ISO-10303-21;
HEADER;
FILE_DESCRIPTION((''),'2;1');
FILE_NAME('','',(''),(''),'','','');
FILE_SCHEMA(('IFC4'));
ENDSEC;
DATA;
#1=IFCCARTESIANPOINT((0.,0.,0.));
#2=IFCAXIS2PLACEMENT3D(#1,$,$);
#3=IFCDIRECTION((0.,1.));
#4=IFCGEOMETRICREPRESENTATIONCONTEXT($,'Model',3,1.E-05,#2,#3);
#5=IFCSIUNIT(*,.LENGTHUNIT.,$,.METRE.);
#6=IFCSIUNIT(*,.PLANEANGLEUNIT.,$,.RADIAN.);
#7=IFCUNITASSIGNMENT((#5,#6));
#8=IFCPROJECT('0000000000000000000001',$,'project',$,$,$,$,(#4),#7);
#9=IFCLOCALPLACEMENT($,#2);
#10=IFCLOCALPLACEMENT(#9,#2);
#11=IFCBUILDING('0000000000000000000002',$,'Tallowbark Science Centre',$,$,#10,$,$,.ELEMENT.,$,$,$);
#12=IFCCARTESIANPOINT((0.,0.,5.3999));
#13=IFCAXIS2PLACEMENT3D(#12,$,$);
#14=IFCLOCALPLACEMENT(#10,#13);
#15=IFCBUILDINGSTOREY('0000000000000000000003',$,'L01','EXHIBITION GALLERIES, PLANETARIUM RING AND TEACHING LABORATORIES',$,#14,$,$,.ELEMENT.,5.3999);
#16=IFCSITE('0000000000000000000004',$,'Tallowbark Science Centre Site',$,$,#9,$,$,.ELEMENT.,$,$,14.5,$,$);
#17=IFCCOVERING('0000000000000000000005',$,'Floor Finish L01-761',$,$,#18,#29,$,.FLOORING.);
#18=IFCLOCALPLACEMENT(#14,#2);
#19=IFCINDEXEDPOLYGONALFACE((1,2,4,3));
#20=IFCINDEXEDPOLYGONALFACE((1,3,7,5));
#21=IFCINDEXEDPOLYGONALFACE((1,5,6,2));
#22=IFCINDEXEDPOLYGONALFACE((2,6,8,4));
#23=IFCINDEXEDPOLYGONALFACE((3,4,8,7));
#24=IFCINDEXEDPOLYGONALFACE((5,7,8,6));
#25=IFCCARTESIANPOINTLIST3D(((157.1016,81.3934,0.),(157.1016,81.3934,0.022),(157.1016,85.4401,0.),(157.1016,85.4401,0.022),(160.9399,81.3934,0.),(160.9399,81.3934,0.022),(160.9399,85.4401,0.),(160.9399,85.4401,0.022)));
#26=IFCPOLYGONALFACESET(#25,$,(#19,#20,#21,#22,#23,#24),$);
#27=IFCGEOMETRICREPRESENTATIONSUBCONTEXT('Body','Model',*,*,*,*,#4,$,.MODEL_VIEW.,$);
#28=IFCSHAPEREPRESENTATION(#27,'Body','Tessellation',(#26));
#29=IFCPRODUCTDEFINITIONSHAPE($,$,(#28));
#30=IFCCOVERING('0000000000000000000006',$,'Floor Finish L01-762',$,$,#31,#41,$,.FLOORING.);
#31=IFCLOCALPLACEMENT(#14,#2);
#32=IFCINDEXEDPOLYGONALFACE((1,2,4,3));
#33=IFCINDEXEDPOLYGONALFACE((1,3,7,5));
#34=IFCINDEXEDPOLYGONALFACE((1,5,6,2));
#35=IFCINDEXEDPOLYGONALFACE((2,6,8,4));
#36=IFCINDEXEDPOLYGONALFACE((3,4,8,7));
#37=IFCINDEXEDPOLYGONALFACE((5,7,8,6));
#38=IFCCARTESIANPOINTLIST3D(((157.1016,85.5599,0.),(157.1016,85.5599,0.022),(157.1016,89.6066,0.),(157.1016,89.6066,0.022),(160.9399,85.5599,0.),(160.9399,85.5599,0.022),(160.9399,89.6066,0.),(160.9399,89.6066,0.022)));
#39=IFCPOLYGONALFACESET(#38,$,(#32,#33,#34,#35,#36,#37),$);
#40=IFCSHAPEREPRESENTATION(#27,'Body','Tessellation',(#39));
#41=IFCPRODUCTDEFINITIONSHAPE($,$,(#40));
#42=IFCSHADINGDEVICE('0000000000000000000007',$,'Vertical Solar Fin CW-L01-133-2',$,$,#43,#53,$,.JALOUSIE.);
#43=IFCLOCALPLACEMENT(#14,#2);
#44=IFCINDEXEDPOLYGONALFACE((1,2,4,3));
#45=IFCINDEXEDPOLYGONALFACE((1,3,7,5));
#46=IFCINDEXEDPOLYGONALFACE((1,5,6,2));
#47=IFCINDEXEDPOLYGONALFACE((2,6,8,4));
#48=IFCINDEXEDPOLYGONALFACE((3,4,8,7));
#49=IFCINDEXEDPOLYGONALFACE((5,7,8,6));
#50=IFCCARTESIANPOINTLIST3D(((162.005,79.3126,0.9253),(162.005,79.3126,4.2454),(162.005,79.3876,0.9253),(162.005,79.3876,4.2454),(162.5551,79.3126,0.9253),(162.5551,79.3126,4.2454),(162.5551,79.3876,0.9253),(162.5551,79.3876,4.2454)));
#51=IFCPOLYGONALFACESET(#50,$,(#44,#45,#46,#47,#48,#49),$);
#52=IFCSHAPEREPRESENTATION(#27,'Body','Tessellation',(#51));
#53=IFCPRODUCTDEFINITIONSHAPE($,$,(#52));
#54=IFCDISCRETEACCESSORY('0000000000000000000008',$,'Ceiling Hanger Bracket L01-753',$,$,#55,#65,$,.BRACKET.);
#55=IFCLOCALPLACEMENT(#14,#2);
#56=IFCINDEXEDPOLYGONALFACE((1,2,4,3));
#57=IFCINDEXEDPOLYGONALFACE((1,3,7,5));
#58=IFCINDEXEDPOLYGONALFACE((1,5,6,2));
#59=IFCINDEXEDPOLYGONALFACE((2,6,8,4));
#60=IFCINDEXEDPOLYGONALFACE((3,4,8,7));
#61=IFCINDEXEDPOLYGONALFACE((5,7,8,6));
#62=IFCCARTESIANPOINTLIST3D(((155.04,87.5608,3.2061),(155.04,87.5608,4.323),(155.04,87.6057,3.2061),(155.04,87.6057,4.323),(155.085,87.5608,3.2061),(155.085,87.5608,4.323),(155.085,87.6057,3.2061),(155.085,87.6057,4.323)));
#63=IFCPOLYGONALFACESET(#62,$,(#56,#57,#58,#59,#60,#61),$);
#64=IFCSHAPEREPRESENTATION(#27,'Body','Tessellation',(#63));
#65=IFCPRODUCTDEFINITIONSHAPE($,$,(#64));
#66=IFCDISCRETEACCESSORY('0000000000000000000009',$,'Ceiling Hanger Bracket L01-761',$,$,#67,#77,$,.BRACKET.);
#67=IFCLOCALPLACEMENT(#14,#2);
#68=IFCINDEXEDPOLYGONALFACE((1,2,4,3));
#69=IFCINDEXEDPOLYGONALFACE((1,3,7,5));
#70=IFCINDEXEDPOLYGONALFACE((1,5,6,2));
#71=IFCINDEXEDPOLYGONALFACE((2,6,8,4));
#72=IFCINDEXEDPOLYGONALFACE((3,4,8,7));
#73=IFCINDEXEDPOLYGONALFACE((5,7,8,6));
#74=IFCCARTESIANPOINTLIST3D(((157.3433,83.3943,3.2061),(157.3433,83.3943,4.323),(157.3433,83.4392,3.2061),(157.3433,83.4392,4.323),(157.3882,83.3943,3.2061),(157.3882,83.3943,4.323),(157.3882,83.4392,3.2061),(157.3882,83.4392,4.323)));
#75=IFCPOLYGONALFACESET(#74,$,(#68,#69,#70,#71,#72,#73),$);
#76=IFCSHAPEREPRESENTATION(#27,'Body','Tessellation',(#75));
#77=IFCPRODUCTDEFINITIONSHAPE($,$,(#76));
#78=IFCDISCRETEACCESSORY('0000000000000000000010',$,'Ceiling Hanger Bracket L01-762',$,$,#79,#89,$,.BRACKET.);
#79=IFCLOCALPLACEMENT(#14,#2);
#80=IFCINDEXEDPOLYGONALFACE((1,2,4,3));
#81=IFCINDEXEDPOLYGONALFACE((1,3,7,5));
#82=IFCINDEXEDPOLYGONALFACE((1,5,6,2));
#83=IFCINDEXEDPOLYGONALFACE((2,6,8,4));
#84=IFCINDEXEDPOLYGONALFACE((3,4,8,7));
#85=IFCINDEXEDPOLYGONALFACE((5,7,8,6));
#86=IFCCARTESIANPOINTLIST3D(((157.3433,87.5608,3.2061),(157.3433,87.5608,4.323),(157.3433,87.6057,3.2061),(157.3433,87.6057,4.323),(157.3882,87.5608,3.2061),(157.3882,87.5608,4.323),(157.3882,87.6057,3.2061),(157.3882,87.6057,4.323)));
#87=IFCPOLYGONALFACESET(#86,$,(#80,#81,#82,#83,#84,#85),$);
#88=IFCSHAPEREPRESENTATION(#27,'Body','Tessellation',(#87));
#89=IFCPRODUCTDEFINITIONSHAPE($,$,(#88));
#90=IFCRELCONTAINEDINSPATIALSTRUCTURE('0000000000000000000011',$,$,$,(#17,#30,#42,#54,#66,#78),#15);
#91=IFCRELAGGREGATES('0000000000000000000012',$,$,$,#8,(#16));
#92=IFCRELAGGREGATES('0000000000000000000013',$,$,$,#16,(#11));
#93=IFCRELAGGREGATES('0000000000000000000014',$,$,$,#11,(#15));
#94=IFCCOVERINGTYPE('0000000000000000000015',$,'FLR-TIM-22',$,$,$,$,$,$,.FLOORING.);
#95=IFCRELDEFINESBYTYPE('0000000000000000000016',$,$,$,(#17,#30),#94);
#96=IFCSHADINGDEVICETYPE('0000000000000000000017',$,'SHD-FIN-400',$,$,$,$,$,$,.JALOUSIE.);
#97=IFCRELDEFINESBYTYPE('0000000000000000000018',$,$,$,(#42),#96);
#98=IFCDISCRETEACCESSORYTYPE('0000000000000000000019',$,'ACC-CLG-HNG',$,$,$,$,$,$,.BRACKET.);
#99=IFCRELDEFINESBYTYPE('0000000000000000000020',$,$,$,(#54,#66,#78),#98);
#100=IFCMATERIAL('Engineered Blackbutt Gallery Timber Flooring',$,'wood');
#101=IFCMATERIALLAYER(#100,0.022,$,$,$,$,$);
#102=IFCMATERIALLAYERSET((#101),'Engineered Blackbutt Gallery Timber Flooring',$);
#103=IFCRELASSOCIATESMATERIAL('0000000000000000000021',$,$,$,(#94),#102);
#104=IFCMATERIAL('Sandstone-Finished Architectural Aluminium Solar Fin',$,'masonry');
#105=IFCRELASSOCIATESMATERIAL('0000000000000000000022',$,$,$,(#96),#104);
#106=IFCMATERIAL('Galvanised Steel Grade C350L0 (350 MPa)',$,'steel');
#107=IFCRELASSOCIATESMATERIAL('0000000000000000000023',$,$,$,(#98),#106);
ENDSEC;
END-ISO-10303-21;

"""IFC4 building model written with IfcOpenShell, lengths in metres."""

from ifc_helpers import new_model, si_unit, direction, frame, origin, origin_2d, place, context, subcontext, project, spatial, rectangle, extrude, material, layer, layer_set, type_object, element, save


model = new_model("IFC4")

# Units and contexts
model_context = context("Model", 3, precision=1e-05, world=origin(), true_north=direction((0.0, 1.0)))
body_context = subcontext(model_context, "Body", "Model", "MODEL_VIEW")
ifc_project = project(units=[si_unit("LENGTHUNIT", "METRE"), si_unit("PLANEANGLEUNIT", "RADIAN")], contexts=[model_context])

# Site, building, storey
site_placement = place(None, origin())
site = spatial("IfcSite", under=ifc_project, at=site_placement, Name="Tallowbark Science Centre Site", CompositionType="ELEMENT", RefElevation=14.5)
building_placement = place(site_placement, origin())
building = spatial("IfcBuilding", under=site, at=building_placement, Name="Tallowbark Science Centre", CompositionType="ELEMENT")
storey_placement = place(building_placement, frame((0.0, 0.0, 5.3999)))
storey = spatial("IfcBuildingStorey", under=building, at=storey_placement, Name="L01", Description="EXHIBITION GALLERIES, PLANETARIUM RING AND TEACHING LABORATORIES", CompositionType="ELEMENT", Elevation=5.3999)

# Coverings
ifc_material_1 = material(Name="Engineered Blackbutt Gallery Timber Flooring", Category="wood")
ifc_layer_1 = layer(ifc_material_1, 0.022)
ifc_layer_set_1 = layer_set([ifc_layer_1], Name="Engineered Blackbutt Gallery Timber Flooring")
covering_type_1 = type_object("IfcCoveringType", Name="FLR-TIM-22", PredefinedType="FLOORING", material=ifc_layer_set_1)
for number, where, z_axis, x_axis, name in (
    (1, (159.0208, 83.4167, 0.0), (0.0, 0.0, 1.0), (1.0, 0.0, 0.0), "Floor Finish L01-761"),
    (2, (159.0208, 87.5833, 0.0), (0.0, 0.0, 1.0), (1.0, 0.0, 0.0), "Floor Finish L01-762"),
):
    element("IfcCovering", number, at=place(storey_placement, frame(where, z_axis=z_axis, x_axis=x_axis)), inside=storey, type_object=covering_type_1, Name=name, PredefinedType="FLOORING", context=body_context, shape_type="SweptSolid", body=[
        extrude(rectangle(XDim=3.8384, YDim=4.0466, at=origin_2d()), origin(), (0.0, 0.0, 1.0), 0.022),
    ])

# Shading device
ifc_material_2 = material(Name="Sandstone-Finished Architectural Aluminium Solar Fin", Category="masonry")
shading_device_type = type_object("IfcShadingDeviceType", Name="SHD-FIN-400", PredefinedType="JALOUSIE", material=ifc_material_2)
shading_device_placement = place(storey_placement, frame((162.28, 79.3501, 0.9253), z_axis=(0.0, 0.0, 1.0), x_axis=(0.0, 1.0, 0.0)))
element("IfcShadingDevice", 3, at=shading_device_placement, inside=storey, type_object=shading_device_type, Name="Vertical Solar Fin CW-L01-133-2", PredefinedType="JALOUSIE", context=body_context, shape_type="SweptSolid", body=[
    extrude(rectangle(XDim=0.075, YDim=0.55, at=origin_2d()), origin(), (0.0, 0.0, 1.0), 3.3201),
])

# Discrete accessories
ifc_material_3 = material(Name="Galvanised Steel Grade C350L0 (350 MPa)", Category="steel")
discrete_accessory_type = type_object("IfcDiscreteAccessoryType", Name="ACC-CLG-HNG", PredefinedType="BRACKET", material=ifc_material_3)
for number, where, z_axis, x_axis, name in (
    (4, (155.0625, 87.5833, 3.2061), (0.0, 0.0, 1.0), (1.0, 0.0, 0.0), "Ceiling Hanger Bracket L01-753"),
    (5, (157.3657, 83.4167, 3.2061), (0.0, 0.0, 1.0), (1.0, 0.0, 0.0), "Ceiling Hanger Bracket L01-761"),
    (6, (157.3657, 87.5833, 3.2061), (0.0, 0.0, 1.0), (1.0, 0.0, 0.0), "Ceiling Hanger Bracket L01-762"),
):
    element("IfcDiscreteAccessory", number, at=place(storey_placement, frame(where, z_axis=z_axis, x_axis=x_axis)), inside=storey, type_object=discrete_accessory_type, Name=name, PredefinedType="BRACKET", context=body_context, shape_type="SweptSolid", body=[
        extrude(rectangle(XDim=0.0449, YDim=0.0449, at=origin_2d()), origin(), (0.0, 0.0, 1.0), 1.1169),
    ])

save(model, "model.ifc")
